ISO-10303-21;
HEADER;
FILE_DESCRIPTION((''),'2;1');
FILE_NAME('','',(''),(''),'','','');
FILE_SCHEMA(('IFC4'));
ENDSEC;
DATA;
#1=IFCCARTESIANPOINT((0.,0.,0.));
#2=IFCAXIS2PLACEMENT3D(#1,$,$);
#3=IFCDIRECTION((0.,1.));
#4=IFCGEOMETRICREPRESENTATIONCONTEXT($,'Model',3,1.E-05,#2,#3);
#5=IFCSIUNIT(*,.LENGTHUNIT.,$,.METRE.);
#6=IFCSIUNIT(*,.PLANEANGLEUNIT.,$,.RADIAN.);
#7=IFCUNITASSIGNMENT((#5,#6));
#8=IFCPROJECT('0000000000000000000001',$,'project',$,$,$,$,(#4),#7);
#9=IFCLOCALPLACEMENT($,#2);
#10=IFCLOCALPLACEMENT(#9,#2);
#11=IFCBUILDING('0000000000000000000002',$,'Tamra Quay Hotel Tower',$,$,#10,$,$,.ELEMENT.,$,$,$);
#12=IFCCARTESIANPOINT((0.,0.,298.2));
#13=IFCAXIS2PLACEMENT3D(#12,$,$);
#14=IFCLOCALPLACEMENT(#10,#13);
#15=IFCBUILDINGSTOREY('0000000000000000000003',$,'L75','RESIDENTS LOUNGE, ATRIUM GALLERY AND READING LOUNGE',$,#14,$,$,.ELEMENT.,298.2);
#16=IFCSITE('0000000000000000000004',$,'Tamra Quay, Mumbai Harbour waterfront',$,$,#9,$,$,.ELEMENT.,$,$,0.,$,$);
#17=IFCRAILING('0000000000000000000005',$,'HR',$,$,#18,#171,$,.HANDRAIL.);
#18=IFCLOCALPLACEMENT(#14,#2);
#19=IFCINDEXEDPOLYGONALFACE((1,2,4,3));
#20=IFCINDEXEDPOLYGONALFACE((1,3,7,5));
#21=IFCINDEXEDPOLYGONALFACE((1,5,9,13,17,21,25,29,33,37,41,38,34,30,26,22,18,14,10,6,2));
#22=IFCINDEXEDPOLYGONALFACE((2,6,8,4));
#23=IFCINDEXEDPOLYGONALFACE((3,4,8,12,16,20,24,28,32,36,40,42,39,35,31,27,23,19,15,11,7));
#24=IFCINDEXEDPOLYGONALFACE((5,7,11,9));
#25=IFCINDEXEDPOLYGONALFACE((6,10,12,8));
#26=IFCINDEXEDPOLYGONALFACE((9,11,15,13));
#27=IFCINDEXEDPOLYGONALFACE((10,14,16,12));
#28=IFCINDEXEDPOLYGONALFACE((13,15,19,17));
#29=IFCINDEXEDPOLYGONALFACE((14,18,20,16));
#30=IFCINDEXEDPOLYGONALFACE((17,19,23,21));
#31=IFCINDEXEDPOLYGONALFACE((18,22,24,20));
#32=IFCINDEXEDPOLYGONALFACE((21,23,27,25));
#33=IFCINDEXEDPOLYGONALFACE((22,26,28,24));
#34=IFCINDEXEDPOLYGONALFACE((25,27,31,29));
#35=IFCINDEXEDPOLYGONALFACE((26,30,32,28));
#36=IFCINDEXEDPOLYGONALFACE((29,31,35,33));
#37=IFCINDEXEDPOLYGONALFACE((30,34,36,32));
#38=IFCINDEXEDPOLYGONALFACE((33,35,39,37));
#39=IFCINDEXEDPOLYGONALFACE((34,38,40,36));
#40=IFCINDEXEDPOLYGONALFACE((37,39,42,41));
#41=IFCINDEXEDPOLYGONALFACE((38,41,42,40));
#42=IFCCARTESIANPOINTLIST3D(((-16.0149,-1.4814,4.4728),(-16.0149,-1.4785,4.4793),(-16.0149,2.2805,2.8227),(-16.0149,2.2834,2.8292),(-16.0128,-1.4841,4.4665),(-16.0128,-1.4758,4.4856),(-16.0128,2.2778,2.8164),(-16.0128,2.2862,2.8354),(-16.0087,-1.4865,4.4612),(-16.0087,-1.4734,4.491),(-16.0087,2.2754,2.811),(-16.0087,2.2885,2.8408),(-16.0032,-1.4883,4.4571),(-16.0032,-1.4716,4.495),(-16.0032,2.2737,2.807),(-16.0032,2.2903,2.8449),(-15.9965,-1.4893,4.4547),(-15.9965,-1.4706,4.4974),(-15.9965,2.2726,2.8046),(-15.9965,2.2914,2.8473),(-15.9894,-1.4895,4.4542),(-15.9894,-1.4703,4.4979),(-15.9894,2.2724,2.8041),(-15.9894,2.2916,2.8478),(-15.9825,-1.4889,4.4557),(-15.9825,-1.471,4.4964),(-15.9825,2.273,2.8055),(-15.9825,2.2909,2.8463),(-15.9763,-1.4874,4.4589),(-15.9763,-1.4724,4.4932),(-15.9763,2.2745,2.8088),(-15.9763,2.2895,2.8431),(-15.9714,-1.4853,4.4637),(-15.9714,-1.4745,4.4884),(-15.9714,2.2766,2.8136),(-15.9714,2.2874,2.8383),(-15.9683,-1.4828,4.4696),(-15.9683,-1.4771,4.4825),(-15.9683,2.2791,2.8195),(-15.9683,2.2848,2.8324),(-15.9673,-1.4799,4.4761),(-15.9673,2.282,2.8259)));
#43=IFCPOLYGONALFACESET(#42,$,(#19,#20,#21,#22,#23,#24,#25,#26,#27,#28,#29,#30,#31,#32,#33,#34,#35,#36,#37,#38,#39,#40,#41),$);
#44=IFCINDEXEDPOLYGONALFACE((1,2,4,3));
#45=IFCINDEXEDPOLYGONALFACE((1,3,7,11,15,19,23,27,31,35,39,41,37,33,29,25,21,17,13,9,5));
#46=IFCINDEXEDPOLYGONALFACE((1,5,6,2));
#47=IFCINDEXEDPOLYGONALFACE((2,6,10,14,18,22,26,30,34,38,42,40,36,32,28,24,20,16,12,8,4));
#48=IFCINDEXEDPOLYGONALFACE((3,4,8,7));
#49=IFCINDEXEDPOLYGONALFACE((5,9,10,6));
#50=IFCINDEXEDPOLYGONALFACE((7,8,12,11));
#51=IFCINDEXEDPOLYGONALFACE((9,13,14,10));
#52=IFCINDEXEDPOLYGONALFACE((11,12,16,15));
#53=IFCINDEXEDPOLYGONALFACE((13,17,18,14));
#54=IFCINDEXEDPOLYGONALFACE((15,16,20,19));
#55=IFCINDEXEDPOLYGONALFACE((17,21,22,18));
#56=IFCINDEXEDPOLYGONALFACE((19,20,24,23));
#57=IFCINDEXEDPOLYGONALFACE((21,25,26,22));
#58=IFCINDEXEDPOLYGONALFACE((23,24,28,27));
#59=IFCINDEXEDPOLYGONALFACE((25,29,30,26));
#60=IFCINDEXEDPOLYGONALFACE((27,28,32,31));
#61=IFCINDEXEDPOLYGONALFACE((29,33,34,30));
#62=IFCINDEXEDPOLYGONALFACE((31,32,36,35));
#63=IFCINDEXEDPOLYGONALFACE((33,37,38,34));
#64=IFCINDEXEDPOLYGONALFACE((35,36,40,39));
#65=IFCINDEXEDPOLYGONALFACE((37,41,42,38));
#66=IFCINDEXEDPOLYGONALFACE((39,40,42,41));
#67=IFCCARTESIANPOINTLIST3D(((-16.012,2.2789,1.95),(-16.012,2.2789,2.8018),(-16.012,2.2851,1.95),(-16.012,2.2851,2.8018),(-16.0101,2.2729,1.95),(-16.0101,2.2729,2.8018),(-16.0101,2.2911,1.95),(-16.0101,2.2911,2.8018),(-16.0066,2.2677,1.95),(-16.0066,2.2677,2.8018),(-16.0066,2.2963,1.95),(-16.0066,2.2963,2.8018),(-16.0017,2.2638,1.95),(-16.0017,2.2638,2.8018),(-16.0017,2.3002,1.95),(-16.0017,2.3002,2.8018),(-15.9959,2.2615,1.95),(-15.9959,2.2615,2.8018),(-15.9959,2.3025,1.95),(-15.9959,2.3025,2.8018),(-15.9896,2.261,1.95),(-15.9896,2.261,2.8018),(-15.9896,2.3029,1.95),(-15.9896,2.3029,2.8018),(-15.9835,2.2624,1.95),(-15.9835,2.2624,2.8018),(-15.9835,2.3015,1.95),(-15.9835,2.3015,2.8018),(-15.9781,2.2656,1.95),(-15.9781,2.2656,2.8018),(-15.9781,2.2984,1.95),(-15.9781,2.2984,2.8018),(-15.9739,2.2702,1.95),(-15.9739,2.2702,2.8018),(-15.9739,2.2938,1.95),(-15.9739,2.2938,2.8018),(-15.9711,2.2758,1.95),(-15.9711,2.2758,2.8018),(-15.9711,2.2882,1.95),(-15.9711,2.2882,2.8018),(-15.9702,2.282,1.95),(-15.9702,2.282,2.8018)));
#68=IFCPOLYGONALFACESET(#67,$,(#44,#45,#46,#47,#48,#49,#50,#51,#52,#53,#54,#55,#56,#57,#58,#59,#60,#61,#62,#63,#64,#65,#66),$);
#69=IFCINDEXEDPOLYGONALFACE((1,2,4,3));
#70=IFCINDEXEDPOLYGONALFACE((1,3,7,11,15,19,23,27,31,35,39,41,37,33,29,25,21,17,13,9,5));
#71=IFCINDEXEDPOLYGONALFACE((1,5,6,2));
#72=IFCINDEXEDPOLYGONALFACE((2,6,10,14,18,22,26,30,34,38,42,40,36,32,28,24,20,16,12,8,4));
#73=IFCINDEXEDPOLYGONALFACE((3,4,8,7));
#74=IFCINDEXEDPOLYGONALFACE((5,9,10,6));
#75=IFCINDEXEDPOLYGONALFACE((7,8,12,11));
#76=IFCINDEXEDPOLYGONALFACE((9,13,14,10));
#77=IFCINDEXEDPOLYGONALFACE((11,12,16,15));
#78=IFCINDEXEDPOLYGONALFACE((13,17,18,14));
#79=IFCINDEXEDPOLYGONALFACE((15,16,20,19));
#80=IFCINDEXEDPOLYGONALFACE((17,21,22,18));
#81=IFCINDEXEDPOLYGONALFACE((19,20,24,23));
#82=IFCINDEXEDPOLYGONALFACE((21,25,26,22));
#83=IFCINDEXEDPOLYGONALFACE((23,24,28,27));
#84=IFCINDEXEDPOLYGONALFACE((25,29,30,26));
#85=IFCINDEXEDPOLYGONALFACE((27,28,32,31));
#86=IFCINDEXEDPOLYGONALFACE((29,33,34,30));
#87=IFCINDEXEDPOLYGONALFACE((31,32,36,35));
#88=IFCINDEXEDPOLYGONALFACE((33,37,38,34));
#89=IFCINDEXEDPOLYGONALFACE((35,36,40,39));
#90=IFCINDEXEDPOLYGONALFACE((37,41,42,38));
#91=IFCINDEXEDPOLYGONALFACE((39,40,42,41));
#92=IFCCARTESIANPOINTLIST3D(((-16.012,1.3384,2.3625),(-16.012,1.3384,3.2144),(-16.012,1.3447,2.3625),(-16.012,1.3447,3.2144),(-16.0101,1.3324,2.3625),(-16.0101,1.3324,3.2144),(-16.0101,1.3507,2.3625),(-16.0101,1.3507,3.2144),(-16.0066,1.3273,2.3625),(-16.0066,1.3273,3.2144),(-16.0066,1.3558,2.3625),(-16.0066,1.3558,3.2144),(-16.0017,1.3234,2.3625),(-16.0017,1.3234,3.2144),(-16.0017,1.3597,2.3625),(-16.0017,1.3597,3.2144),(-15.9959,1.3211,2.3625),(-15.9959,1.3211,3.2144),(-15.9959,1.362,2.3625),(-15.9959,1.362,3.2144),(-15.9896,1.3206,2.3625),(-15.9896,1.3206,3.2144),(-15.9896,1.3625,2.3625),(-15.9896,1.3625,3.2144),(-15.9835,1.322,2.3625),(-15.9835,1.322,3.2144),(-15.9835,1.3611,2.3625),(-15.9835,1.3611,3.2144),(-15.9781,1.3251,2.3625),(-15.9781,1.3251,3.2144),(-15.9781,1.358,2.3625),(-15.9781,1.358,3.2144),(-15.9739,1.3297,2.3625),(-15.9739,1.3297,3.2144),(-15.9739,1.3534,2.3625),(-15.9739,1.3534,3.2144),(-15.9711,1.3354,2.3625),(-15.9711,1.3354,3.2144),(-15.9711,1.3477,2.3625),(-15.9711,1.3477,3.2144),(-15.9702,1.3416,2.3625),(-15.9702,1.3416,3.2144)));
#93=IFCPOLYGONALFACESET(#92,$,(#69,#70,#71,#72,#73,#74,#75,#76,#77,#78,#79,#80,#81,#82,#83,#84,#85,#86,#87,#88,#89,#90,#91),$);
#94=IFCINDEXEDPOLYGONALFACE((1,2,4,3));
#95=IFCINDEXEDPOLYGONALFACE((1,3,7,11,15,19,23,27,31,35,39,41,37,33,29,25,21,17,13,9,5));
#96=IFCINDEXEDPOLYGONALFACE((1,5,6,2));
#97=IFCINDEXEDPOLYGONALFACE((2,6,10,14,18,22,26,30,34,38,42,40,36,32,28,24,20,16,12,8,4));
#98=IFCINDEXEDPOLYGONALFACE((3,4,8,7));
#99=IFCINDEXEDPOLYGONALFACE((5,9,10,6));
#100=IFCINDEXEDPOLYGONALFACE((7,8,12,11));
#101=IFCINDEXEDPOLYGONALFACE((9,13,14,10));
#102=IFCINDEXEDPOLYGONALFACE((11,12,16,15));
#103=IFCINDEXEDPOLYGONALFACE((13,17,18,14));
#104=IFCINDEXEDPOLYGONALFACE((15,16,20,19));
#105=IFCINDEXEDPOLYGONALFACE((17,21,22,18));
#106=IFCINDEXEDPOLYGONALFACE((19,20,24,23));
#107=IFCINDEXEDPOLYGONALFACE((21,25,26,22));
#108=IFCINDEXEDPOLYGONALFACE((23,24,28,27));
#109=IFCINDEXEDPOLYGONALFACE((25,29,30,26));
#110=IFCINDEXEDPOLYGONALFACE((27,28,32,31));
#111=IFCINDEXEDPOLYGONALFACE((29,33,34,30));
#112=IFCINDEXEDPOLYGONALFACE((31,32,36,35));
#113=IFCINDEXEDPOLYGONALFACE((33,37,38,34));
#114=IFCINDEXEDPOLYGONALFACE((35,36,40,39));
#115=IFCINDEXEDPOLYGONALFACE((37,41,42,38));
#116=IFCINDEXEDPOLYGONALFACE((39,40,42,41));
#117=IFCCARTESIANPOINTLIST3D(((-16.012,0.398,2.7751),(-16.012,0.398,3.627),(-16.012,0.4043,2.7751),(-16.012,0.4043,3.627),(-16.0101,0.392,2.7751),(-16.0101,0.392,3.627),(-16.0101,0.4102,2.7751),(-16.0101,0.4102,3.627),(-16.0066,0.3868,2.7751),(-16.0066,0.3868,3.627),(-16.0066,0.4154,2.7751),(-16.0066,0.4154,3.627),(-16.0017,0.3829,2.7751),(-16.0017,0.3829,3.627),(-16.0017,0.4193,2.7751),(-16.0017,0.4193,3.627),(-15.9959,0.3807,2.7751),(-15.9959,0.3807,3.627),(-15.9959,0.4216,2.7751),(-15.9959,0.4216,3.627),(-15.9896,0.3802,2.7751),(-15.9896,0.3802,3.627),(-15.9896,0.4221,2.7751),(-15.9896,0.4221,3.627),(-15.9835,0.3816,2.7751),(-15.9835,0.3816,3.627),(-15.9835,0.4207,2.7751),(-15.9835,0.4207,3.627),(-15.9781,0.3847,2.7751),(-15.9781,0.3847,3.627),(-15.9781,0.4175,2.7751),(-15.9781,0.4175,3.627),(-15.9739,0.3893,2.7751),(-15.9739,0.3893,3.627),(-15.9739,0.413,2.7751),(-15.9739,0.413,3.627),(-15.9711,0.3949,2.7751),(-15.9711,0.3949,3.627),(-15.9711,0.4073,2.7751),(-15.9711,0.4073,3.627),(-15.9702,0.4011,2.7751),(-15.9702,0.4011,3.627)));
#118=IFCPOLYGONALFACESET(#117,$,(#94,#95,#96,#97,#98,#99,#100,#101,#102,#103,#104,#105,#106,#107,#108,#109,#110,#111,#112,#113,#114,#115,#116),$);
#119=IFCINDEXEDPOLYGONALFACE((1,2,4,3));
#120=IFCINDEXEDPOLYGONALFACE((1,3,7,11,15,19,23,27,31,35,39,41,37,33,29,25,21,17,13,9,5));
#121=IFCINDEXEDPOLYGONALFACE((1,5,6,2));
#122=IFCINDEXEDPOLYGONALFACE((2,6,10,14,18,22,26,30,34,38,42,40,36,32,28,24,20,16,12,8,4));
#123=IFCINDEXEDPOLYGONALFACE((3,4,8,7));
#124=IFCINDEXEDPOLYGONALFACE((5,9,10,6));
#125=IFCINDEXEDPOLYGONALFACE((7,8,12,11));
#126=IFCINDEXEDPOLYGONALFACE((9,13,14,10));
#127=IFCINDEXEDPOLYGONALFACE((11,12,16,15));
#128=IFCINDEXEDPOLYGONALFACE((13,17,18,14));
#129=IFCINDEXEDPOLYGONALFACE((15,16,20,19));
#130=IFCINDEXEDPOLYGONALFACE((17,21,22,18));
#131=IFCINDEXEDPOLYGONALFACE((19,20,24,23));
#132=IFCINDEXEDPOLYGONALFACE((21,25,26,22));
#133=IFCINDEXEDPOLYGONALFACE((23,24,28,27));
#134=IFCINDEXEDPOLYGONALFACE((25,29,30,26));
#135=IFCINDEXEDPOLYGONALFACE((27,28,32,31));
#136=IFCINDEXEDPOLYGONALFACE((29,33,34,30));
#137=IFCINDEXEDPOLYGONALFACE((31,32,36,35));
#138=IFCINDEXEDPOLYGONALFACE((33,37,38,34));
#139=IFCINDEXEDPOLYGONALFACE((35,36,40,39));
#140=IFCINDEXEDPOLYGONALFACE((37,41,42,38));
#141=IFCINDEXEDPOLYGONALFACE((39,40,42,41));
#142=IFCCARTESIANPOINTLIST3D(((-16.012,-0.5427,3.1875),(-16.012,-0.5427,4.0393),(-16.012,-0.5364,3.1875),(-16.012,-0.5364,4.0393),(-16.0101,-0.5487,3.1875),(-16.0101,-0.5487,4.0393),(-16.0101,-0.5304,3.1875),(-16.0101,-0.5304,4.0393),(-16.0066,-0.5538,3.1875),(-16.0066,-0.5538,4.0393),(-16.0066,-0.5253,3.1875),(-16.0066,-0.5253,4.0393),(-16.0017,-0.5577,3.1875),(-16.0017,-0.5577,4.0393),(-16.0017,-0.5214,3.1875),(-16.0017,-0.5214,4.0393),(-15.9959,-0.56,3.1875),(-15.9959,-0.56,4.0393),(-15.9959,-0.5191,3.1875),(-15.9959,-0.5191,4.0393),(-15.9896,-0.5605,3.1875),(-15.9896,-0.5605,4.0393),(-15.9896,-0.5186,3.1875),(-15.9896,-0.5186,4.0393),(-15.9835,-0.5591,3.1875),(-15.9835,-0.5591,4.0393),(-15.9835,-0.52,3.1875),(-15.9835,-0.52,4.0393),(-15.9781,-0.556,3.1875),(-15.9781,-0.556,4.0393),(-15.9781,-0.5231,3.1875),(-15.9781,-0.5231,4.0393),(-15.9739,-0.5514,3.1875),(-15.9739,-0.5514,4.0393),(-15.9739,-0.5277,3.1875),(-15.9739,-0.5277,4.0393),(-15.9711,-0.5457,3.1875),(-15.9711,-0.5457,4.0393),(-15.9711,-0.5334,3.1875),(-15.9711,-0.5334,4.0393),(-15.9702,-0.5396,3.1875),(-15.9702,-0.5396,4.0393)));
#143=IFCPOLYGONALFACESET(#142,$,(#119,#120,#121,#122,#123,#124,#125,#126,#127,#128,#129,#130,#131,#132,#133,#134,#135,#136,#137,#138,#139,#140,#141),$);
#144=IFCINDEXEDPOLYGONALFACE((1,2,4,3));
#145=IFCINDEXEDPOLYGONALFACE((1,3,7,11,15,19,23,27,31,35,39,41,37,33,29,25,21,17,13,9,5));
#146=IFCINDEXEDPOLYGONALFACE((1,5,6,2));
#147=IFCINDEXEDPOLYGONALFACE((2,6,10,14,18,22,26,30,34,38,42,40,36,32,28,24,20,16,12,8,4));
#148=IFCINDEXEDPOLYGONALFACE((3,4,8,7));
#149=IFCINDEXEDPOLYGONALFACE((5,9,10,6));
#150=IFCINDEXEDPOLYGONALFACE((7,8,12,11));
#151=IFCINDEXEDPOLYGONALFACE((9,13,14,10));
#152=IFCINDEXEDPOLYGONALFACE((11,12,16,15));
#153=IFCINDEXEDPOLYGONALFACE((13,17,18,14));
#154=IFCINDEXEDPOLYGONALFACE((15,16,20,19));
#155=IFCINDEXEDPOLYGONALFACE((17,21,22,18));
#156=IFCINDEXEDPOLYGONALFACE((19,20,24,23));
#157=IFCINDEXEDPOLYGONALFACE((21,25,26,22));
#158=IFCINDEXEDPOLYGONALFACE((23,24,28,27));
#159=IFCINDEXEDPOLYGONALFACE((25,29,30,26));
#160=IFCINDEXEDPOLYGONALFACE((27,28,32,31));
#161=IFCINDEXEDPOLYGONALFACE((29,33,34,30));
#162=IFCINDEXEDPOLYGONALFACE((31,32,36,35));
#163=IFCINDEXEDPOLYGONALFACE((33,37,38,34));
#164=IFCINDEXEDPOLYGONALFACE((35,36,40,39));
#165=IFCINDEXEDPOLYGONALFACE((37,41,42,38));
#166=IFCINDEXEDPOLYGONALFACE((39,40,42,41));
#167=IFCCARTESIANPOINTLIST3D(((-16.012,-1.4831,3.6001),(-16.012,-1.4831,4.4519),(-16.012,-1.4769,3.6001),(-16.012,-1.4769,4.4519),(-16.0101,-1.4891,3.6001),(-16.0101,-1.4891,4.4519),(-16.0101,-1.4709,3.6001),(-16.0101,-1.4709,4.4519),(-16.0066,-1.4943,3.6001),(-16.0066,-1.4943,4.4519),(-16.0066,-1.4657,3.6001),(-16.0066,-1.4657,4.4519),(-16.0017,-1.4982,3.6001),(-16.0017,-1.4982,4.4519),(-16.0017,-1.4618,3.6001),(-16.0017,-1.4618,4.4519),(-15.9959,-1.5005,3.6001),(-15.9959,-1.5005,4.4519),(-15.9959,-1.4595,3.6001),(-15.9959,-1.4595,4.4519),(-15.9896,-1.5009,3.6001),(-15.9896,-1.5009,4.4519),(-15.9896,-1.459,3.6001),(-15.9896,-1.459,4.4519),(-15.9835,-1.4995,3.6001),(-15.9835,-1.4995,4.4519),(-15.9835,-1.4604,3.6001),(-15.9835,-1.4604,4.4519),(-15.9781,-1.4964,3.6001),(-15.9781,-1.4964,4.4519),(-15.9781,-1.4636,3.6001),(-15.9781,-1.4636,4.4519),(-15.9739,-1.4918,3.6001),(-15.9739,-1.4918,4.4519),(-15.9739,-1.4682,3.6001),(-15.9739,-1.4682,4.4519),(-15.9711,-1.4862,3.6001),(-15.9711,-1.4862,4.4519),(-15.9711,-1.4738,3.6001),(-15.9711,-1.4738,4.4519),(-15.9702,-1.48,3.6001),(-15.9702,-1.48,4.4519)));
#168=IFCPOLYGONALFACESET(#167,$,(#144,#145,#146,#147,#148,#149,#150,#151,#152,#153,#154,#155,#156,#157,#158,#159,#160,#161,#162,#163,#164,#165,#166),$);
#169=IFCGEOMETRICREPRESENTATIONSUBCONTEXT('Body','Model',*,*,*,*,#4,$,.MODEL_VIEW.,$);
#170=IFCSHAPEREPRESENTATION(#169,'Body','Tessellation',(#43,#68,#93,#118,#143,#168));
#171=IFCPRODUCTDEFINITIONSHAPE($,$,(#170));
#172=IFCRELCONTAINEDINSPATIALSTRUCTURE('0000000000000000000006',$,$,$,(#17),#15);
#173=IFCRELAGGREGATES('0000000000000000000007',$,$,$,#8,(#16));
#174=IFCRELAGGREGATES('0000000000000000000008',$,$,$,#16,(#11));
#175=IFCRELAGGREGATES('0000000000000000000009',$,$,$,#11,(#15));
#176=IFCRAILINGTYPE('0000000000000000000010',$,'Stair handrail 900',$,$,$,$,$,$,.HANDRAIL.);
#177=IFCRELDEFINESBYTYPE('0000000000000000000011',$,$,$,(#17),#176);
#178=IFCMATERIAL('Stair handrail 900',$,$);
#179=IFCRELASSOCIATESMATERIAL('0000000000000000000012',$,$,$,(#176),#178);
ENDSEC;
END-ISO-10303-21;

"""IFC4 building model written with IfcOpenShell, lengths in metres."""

from ifc_helpers import new_model, si_unit, direction, frame, origin, origin_2d, place, context, subcontext, project, spatial, circle, extrude, material, type_object, element, save


model = new_model("IFC4")

# Units and contexts
model_context = context("Model", 3, precision=1e-05, world=origin(), true_north=direction((0.0, 1.0)))
body_context = subcontext(model_context, "Body", "Model", "MODEL_VIEW")
ifc_project = project(units=[si_unit("LENGTHUNIT", "METRE"), si_unit("PLANEANGLEUNIT", "RADIAN")], contexts=[model_context])

# Site, building, storey
site_placement = place(None, origin())
site = spatial("IfcSite", under=ifc_project, at=site_placement, Name="Tamra Quay, Mumbai Harbour waterfront", CompositionType="ELEMENT", RefElevation=0.0)
building_placement = place(site_placement, origin())
building = spatial("IfcBuilding", under=site, at=building_placement, Name="Tamra Quay Hotel Tower", CompositionType="ELEMENT")
storey_placement = place(building_placement, frame((0.0, 0.0, 298.2)))
storey = spatial("IfcBuildingStorey", under=building, at=storey_placement, Name="L75", Description="RESIDENTS LOUNGE, ATRIUM GALLERY AND READING LOUNGE", CompositionType="ELEMENT", Elevation=298.2)

# Railing
ifc_material_1 = material(Name="Stair handrail 900")
railing_type = type_object("IfcRailingType", Name="Stair handrail 900", PredefinedType="HANDRAIL", material=ifc_material_1)
railing_placement = place(storey_placement, frame((-15.9912, 2.282, 1.95)))
element("IfcRailing", 1, at=railing_placement, inside=storey, type_object=railing_type, Name="HR", PredefinedType="HANDRAIL", context=body_context, shape_type="SweptSolid", body=[
    extrude(circle(Radius=0.0239, at=origin_2d()), frame((0.0, 0.0, 0.876), z_axis=(0.0, -0.915774, 0.401695), x_axis=(1.0, 0.0, 0.0)), (0.0, 0.0, 1.0), 4.1079),
    extrude(circle(Radius=0.021, at=origin_2d()), origin(), (0.0, 0.0, 1.0), 0.8518),
    extrude(circle(Radius=0.021, at=origin_2d()), frame((0.0, -0.9404, 0.4126)), (0.0, 0.0, 1.0), 0.8518),
    extrude(circle(Radius=0.021, at=origin_2d()), frame((0.0, -1.8809, 0.8252)), (0.0, 0.0, 1.0), 0.8518),
    extrude(circle(Radius=0.021, at=origin_2d()), frame((0.0, -2.8215, 1.2375)), (0.0, 0.0, 1.0), 0.8518),
    extrude(circle(Radius=0.021, at=origin_2d()), frame((0.0, -3.762, 1.6501)), (0.0, 0.0, 1.0), 0.8518),
])

save(model, "model.ifc")
